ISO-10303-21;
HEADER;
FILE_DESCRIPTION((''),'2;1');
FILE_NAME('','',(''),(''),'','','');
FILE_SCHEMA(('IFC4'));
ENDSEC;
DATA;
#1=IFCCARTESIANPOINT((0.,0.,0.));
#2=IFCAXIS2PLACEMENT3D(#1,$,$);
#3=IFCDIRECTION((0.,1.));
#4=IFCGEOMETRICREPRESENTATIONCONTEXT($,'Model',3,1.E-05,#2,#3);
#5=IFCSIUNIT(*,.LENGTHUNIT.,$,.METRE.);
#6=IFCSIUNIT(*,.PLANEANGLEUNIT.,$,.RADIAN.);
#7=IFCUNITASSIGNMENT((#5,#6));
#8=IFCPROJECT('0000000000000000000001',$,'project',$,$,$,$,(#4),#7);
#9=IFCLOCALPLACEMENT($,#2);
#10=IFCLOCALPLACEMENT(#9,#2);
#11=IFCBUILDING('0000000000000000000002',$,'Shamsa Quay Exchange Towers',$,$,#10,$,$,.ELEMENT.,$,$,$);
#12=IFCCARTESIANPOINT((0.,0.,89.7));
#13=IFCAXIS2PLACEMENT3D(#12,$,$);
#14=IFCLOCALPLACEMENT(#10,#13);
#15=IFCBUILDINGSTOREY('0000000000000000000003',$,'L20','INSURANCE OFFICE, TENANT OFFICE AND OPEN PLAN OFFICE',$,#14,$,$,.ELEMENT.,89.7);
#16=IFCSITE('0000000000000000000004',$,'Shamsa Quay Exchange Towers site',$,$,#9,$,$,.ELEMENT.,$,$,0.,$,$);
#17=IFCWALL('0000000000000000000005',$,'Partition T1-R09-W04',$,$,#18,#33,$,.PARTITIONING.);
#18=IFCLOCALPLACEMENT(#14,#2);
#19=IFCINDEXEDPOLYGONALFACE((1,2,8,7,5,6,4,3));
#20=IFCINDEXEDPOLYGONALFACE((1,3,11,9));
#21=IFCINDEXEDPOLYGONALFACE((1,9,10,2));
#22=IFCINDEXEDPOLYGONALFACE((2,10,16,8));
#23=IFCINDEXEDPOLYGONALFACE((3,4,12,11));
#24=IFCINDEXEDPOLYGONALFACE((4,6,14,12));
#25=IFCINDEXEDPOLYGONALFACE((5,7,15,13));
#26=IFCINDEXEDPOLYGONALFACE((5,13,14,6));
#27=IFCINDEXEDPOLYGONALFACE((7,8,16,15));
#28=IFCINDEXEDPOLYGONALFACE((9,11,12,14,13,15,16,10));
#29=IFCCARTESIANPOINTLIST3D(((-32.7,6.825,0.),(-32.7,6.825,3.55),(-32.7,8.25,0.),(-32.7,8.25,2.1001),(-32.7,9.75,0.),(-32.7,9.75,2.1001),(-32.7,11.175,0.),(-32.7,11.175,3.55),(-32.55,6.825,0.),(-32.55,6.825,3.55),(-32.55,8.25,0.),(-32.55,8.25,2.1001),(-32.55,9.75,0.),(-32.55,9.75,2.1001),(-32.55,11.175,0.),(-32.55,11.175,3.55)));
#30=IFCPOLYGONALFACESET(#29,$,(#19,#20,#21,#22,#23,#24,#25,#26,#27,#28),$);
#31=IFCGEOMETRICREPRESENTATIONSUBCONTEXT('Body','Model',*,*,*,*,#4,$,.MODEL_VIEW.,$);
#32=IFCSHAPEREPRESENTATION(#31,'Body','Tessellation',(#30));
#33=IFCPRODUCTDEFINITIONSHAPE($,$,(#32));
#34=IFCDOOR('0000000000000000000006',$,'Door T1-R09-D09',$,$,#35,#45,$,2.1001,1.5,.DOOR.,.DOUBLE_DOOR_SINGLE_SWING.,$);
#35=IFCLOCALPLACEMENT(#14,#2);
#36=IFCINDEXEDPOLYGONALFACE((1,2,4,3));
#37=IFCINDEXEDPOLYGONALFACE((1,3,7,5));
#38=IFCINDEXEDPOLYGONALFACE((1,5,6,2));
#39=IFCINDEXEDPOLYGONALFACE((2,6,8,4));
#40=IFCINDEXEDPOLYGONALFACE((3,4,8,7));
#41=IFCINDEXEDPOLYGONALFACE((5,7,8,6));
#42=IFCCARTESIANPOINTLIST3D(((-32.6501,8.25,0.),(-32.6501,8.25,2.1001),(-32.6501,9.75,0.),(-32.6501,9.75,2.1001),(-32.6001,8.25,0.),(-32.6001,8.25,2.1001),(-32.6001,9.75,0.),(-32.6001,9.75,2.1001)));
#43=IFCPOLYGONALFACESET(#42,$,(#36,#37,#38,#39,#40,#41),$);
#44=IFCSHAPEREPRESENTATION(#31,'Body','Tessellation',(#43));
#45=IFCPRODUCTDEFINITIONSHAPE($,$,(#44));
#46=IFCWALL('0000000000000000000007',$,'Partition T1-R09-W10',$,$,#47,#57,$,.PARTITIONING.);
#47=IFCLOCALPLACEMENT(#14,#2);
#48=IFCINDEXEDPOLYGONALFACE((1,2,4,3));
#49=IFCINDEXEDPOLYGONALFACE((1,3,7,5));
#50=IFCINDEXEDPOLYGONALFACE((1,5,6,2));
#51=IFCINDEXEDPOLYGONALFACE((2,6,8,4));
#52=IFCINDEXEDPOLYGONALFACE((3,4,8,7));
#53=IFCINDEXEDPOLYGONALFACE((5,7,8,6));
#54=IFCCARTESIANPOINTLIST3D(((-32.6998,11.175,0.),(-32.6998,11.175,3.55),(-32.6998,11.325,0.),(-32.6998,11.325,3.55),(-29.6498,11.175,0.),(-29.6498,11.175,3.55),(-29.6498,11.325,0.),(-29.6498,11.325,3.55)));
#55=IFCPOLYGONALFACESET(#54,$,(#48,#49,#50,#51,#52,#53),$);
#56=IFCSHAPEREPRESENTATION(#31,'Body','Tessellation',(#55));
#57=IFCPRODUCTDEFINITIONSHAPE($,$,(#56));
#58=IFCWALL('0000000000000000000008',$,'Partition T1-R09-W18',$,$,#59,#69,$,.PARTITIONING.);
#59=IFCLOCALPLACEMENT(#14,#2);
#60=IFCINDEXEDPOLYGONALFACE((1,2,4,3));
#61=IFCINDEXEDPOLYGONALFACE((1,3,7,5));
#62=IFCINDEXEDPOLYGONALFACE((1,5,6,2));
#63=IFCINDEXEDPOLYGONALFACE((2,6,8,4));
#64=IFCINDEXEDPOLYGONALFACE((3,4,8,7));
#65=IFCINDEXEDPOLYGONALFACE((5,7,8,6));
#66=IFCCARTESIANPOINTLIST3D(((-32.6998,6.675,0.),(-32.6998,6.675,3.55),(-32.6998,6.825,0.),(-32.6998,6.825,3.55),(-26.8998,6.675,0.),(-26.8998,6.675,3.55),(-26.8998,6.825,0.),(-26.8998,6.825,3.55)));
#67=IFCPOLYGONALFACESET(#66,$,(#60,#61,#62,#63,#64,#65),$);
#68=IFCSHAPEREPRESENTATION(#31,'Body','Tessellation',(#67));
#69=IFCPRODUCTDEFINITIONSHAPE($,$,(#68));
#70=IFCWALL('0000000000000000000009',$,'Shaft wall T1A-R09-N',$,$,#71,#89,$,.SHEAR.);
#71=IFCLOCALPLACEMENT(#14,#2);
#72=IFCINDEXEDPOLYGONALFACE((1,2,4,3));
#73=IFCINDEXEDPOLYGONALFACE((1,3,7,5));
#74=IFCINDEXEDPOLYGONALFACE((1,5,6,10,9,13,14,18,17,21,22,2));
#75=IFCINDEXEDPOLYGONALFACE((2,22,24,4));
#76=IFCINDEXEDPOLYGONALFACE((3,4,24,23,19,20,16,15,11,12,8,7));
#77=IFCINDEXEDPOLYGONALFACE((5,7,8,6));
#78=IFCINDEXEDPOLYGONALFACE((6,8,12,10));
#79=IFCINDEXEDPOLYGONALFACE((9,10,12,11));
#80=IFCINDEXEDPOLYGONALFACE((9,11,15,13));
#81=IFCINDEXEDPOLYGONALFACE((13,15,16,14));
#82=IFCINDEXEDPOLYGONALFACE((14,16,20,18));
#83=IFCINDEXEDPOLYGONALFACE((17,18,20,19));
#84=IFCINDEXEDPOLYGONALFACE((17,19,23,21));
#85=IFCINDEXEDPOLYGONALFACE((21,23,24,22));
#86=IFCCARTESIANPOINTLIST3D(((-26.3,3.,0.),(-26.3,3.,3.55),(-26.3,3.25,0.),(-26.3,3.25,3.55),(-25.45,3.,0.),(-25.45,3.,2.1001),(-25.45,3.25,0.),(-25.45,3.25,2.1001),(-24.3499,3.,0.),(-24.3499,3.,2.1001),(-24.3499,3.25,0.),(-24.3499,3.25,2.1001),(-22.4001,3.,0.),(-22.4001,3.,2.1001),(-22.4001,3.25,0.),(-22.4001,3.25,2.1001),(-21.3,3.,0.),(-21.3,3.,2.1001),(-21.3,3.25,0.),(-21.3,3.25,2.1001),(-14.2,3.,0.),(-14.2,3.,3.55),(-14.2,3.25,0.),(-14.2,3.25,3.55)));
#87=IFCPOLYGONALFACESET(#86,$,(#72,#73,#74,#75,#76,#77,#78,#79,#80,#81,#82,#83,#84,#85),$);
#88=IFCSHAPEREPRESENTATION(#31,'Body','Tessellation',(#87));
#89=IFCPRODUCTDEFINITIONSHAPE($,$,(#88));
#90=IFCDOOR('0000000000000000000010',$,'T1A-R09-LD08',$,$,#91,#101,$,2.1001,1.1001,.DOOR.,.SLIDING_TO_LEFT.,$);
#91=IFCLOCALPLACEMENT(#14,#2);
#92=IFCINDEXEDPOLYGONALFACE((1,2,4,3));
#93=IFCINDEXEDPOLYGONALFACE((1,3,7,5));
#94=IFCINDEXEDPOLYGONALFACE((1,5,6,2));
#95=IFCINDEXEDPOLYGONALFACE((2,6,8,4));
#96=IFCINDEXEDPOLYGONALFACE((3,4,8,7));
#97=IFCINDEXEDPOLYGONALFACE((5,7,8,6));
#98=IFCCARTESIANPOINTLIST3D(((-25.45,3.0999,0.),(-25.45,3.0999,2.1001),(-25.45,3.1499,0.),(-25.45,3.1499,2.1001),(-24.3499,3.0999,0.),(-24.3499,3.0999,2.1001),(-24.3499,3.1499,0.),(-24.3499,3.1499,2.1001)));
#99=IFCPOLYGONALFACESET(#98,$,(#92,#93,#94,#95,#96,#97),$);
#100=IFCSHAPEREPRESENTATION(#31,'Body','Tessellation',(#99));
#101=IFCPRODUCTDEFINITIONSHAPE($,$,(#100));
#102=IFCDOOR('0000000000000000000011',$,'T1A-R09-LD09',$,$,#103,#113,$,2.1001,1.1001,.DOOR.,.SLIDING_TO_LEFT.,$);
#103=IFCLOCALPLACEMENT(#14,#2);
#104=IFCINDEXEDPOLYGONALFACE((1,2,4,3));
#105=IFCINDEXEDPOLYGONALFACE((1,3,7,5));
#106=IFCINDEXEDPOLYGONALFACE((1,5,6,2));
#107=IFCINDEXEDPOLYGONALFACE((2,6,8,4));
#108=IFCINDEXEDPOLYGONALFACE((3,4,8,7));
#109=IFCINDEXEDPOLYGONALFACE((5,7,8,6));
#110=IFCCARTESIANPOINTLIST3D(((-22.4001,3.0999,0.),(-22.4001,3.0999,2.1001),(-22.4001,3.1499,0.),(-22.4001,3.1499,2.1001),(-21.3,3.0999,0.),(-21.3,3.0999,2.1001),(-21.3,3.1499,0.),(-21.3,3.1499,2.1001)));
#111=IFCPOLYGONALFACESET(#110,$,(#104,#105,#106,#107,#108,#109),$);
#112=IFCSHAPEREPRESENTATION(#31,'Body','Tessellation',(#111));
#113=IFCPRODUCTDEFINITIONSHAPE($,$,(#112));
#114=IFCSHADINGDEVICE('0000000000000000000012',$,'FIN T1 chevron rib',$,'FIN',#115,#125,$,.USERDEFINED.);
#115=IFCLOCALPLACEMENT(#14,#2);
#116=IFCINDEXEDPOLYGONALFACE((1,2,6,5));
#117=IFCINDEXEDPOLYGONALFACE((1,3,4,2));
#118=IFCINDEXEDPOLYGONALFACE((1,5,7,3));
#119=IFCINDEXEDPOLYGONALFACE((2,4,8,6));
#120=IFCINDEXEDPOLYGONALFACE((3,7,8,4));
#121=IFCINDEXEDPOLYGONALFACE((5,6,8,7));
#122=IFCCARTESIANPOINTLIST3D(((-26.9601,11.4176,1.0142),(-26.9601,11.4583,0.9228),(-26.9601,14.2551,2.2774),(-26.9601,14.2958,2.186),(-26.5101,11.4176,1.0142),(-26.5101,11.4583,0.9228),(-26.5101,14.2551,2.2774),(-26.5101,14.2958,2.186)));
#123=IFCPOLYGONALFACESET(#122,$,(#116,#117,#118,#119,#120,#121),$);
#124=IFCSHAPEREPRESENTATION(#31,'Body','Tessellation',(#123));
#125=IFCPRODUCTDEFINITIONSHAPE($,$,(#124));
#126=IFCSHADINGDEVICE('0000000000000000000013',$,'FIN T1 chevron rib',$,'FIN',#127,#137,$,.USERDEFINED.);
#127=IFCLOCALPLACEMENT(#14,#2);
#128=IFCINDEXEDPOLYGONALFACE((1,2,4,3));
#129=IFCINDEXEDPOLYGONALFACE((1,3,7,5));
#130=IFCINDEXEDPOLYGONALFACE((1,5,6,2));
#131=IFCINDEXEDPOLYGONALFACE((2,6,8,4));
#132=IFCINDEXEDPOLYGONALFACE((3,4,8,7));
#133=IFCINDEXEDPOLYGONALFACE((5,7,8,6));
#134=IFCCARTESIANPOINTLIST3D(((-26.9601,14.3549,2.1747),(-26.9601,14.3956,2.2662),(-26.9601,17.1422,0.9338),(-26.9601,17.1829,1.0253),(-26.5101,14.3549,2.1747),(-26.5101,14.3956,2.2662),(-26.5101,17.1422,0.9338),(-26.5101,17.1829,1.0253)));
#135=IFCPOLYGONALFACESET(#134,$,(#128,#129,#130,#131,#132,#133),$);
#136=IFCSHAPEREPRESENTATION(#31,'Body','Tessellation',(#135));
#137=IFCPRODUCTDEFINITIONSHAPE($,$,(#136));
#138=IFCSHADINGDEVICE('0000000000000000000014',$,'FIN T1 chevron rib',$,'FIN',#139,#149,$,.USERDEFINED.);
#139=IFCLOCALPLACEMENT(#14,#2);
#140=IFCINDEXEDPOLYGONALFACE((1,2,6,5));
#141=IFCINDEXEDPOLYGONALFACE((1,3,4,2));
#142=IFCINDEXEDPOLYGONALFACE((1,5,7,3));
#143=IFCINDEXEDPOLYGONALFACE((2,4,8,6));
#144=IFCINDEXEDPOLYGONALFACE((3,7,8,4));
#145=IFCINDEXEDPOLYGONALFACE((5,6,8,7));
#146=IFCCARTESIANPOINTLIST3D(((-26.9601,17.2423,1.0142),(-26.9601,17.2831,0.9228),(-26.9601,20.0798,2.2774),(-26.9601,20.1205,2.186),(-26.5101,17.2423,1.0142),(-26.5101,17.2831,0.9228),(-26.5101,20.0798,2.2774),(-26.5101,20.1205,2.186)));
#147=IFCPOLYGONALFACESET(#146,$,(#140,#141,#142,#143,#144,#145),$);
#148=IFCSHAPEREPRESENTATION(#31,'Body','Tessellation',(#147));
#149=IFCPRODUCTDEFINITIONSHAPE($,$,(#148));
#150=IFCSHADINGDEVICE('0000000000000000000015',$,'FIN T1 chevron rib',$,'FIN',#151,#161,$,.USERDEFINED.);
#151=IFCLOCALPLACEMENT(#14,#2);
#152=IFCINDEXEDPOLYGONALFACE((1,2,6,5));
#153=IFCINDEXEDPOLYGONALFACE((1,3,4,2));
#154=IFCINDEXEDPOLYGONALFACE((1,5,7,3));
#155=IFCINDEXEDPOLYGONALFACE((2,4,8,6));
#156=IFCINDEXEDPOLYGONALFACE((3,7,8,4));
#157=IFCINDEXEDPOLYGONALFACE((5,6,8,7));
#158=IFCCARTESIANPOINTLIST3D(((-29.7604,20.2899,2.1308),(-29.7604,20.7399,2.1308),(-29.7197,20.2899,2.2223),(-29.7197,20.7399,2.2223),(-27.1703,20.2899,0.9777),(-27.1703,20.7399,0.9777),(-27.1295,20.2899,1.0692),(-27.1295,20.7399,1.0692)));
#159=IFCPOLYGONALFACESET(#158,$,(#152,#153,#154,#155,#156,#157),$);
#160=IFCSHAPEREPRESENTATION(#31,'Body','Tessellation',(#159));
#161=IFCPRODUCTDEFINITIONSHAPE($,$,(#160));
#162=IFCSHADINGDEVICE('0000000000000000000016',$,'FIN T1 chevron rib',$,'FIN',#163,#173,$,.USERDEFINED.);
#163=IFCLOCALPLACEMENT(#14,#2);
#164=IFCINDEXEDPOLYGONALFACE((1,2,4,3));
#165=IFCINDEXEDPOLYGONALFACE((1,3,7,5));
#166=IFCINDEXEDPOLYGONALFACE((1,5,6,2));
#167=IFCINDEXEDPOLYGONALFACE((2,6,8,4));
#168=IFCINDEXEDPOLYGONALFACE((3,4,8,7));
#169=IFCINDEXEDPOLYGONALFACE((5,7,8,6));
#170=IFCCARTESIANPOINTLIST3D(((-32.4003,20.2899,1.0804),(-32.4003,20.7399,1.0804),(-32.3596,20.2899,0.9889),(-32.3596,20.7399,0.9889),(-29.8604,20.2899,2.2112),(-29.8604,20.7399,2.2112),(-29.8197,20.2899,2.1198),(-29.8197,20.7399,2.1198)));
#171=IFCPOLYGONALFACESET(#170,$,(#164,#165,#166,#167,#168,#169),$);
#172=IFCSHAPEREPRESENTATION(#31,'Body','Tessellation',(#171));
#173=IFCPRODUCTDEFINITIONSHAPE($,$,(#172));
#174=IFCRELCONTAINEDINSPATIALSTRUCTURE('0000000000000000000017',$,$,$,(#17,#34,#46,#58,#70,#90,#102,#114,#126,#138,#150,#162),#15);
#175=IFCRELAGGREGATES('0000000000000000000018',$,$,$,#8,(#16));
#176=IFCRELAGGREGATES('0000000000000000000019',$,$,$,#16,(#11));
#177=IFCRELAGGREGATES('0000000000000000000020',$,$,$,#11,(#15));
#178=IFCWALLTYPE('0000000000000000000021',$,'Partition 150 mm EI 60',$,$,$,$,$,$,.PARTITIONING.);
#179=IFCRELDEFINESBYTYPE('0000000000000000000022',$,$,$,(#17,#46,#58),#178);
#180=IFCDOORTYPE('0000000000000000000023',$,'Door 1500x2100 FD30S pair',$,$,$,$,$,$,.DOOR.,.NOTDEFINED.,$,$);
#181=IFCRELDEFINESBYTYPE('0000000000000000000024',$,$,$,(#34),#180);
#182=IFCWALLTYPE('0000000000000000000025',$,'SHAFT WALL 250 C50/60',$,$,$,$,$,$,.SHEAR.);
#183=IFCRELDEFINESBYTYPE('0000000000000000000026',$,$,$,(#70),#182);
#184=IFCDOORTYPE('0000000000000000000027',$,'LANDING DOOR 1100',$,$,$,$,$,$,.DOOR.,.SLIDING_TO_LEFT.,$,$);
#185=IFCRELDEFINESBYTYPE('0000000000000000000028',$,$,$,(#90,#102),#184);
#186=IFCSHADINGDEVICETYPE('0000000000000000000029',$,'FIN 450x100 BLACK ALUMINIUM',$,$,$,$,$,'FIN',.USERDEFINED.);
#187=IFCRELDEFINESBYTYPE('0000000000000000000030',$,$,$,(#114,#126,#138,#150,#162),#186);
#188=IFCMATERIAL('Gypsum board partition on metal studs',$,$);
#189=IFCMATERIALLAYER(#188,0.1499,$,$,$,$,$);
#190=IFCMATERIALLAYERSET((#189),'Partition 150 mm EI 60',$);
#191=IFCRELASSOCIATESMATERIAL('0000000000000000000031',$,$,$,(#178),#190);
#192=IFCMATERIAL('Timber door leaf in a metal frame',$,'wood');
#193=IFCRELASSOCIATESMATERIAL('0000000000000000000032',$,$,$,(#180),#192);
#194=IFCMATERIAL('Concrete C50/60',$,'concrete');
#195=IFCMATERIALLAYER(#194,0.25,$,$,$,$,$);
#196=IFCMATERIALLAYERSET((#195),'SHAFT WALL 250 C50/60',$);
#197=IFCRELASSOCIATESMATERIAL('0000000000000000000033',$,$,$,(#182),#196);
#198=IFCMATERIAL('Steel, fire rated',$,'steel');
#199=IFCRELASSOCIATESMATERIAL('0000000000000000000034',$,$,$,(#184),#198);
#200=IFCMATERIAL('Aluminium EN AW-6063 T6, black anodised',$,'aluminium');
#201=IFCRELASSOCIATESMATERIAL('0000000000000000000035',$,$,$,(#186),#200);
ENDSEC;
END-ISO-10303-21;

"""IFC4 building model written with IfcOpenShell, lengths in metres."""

from ifc_helpers import new_model, si_unit, direction, frame, frame_2d, origin, origin_2d, place, context, subcontext, project, spatial, rectangle, extrude, material, layer, layer_set, material_profile, profile_set, type_object, element, fill, save


model = new_model("IFC4")

# Units and contexts
model_context = context("Model", 3, precision=1e-05, world=origin(), true_north=direction((0.0, 1.0)))
body_context = subcontext(model_context, "Body", "Model", "MODEL_VIEW")
ifc_project = project(units=[si_unit("LENGTHUNIT", "METRE"), si_unit("PLANEANGLEUNIT", "RADIAN")], contexts=[model_context])

# Site, building, storey
site_placement = place(None, origin())
site = spatial("IfcSite", under=ifc_project, at=site_placement, Name="Shamsa Quay Exchange Towers site", CompositionType="ELEMENT", RefElevation=0.0)
building_placement = place(site_placement, origin())
building = spatial("IfcBuilding", under=site, at=building_placement, Name="Shamsa Quay Exchange Towers", CompositionType="ELEMENT")
storey_placement = place(building_placement, frame((0.0, 0.0, 89.7)))
storey = spatial("IfcBuildingStorey", under=building, at=storey_placement, Name="L20", Description="INSURANCE OFFICE, TENANT OFFICE AND OPEN PLAN OFFICE", CompositionType="ELEMENT", Elevation=89.7)

# Shared definitions
ifc_material_1 = material(Name="Aluminium EN AW-6063 T6, black anodised", Category="aluminium")

# Shared definitions
ifc_material_2 = material(Name="Timber door leaf in a metal frame", Category="wood")

# Shared definitions
ifc_material_3 = material(Name="Steel, fire rated", Category="steel")

# Wall, opening, door
ifc_material_4 = material(Name="Gypsum board partition on metal studs")
ifc_layer_1 = layer(ifc_material_4, 0.1499)
ifc_layer_set_1 = layer_set([ifc_layer_1], Name="Partition 150 mm EI 60")
wall_type_1 = type_object("IfcWallType", Name="Partition 150 mm EI 60", PredefinedType="PARTITIONING", material=ifc_layer_set_1)
wall_1_placement = place(storey_placement, frame((-32.625, 11.175, 0.0), z_axis=(0.0, 0.0, 1.0), x_axis=(0.0, -1.0, 0.0)))
wall_1 = element("IfcWall", 1, at=wall_1_placement, inside=storey, type_object=wall_type_1, Name="Partition T1-R09-W04", PredefinedType="PARTITIONING", context=body_context, shape_type="SweptSolid", body=[
    extrude(rectangle(XDim=4.3501, YDim=0.1499, at=frame_2d((2.175, 0.0))), origin(), (0.0, 0.0, 1.0), 3.55),
])
opening_1_placement = place(wall_1_placement, frame((1.425, 0.0, 0.0)))
opening_1 = element("IfcOpeningElement", 2, at=opening_1_placement, cuts=wall_1, PredefinedType="OPENING", context=body_context, shape_type="SweptSolid", body=[
    extrude(rectangle(XDim=1.5, YDim=2.1001, at=frame_2d((0.75, 1.05))), frame((0.0, 0.085, 0.0), z_axis=(0.0, -1.0, 0.0), x_axis=(1.0, 0.0, 0.0)), (0.0, 0.0, 1.0), 0.1699),
])
door_type_1 = type_object("IfcDoorType", Name="Door 1500x2100 FD30S pair", OperationType="NOTDEFINED", PredefinedType="DOOR", material=ifc_material_2)
door_1_placement = place(opening_1_placement, origin())
door_1 = element("IfcDoor", 3, at=door_1_placement, inside=storey, type_object=door_type_1, Name="Door T1-R09-D09", OperationType="DOUBLE_DOOR_SINGLE_SWING", OverallHeight=2.1001, OverallWidth=1.5, PredefinedType="DOOR", context=body_context, shape_type="SweptSolid", body=[
    extrude(rectangle(XDim=1.5, YDim=2.1001, at=frame_2d((0.75, 1.05))), frame((0.0, 0.0249, 0.0), z_axis=(0.0, -1.0, 0.0), x_axis=(1.0, 0.0, 0.0)), (0.0, 0.0, 1.0), 0.05),
])
fill(opening_1, door_1)

# Walls
wall_2_placement = place(storey_placement, frame((-29.6499, 11.25, 0.0), z_axis=(0.0, 0.0, 1.0), x_axis=(-1.0, 0.0, 0.0)))
element("IfcWall", 4, at=wall_2_placement, inside=storey, type_object=wall_type_1, Name="Partition T1-R09-W10", PredefinedType="PARTITIONING", context=body_context, shape_type="SweptSolid", body=[
    extrude(rectangle(XDim=3.05, YDim=0.1499, at=frame_2d((1.5249, 0.0))), origin(), (0.0, 0.0, 1.0), 3.55),
])
wall_3_placement = place(storey_placement, frame((-26.8999, 6.75, 0.0), z_axis=(0.0, 0.0, 1.0), x_axis=(-1.0, 0.0, 0.0)))
element("IfcWall", 5, at=wall_3_placement, inside=storey, type_object=wall_type_1, Name="Partition T1-R09-W18", PredefinedType="PARTITIONING", context=body_context, shape_type="SweptSolid", body=[
    extrude(rectangle(XDim=5.8, YDim=0.1499, at=frame_2d((2.8999, 0.0))), origin(), (0.0, 0.0, 1.0), 3.55),
])

# Wall, openings, doors
ifc_material_5 = material(Name="Concrete C50/60", Category="concrete")
ifc_layer_2 = layer(ifc_material_5, 0.25)
ifc_layer_set_2 = layer_set([ifc_layer_2], Name="SHAFT WALL 250 C50/60")
wall_type_2 = type_object("IfcWallType", Name="SHAFT WALL 250 C50/60", PredefinedType="SHEAR", material=ifc_layer_set_2)
wall_4_placement = place(storey_placement, frame((-26.3, 3.125, 0.0)))
wall_4 = element("IfcWall", 6, at=wall_4_placement, inside=storey, type_object=wall_type_2, Name="Shaft wall T1A-R09-N", PredefinedType="SHEAR", context=body_context, shape_type="SweptSolid", body=[
    extrude(rectangle(XDim=12.1001, YDim=0.25, at=frame_2d((6.05, 0.0))), origin(), (0.0, 0.0, 1.0), 3.55),
])
opening_2_placement = place(wall_4_placement, frame((0.8501, 0.0, 0.0)))
opening_2 = element("IfcOpeningElement", 7, at=opening_2_placement, cuts=wall_4, PredefinedType="OPENING", context=body_context, shape_type="SweptSolid", body=[
    extrude(rectangle(XDim=1.1001, YDim=2.1001, at=frame_2d((0.55, 1.05))), frame((0.0, 0.135, 0.0), z_axis=(0.0, -1.0, 0.0), x_axis=(1.0, 0.0, 0.0)), (0.0, 0.0, 1.0), 0.27),
])
opening_3_placement = place(wall_4_placement, frame((3.8999, 0.0, 0.0)))
opening_3 = element("IfcOpeningElement", 8, at=opening_3_placement, cuts=wall_4, PredefinedType="OPENING", context=body_context, shape_type="SweptSolid", body=[
    extrude(rectangle(XDim=1.1001, YDim=2.1001, at=frame_2d((0.55, 1.05))), frame((0.0, 0.135, 0.0), z_axis=(0.0, -1.0, 0.0), x_axis=(1.0, 0.0, 0.0)), (0.0, 0.0, 1.0), 0.27),
])
door_type_2 = type_object("IfcDoorType", Name="LANDING DOOR 1100", OperationType="SLIDING_TO_LEFT", PredefinedType="DOOR", material=ifc_material_3)
door_2_placement = place(opening_2_placement, origin())
door_2 = element("IfcDoor", 9, at=door_2_placement, inside=storey, type_object=door_type_2, Name="T1A-R09-LD08", OperationType="SLIDING_TO_LEFT", OverallHeight=2.1001, OverallWidth=1.1001, PredefinedType="DOOR", context=body_context, shape_type="SweptSolid", body=[
    extrude(rectangle(XDim=1.1001, YDim=2.1001, at=frame_2d((0.55, 1.05))), frame((0.0, 0.0249, 0.0), z_axis=(0.0, -1.0, 0.0), x_axis=(1.0, 0.0, 0.0)), (0.0, 0.0, 1.0), 0.05),
])
fill(opening_2, door_2)
door_3_placement = place(opening_3_placement, origin())
door_3 = element("IfcDoor", 10, at=door_3_placement, inside=storey, type_object=door_type_2, Name="T1A-R09-LD09", OperationType="SLIDING_TO_LEFT", OverallHeight=2.1001, OverallWidth=1.1001, PredefinedType="DOOR", context=body_context, shape_type="SweptSolid", body=[
    extrude(rectangle(XDim=1.1001, YDim=2.1001, at=frame_2d((0.55, 1.05))), frame((0.0, 0.0249, 0.0), z_axis=(0.0, -1.0, 0.0), x_axis=(1.0, 0.0, 0.0)), (0.0, 0.0, 1.0), 0.05),
])
fill(opening_3, door_3)

# Shading devices
ifc_material_profile_1 = material_profile(ifc_material_1, rectangle(XDim=0.45, YDim=0.1001, at=origin_2d()), Name="FIN450x100")
ifc_profile_set_1 = profile_set([ifc_material_profile_1], Name="Aluminium EN AW-6063 T6, black anodised")
shading_device_type = type_object("IfcShadingDeviceType", Name="FIN 450x100 BLACK ALUMINIUM", ElementType="FIN", PredefinedType="USERDEFINED", material=ifc_profile_set_1)
shading_device_1_placement = place(storey_placement, frame((-26.7351, 11.438, 0.9685), z_axis=(0.0, 0.913559, 0.406707), x_axis=(-1.0, 0.0, 0.0)))
element("IfcShadingDevice", 11, at=shading_device_1_placement, inside=storey, type_object=shading_device_type, Name="FIN T1 chevron rib", ObjectType="FIN", PredefinedType="USERDEFINED", context=body_context, shape_type="SweptSolid", body=[
    extrude(rectangle(XDim=0.45, YDim=0.1001, at=origin_2d()), origin(), (0.0, 0.0, 1.0), 3.106),
])
shading_device_2_placement = place(storey_placement, frame((-26.7351, 14.3752, 2.2205), z_axis=(0.0, 0.913551, -0.406725), x_axis=(-1.0, 0.0, 0.0)))
element("IfcShadingDevice", 12, at=shading_device_2_placement, inside=storey, type_object=shading_device_type, Name="FIN T1 chevron rib", ObjectType="FIN", PredefinedType="USERDEFINED", context=body_context, shape_type="SweptSolid", body=[
    extrude(rectangle(XDim=0.45, YDim=0.1001, at=origin_2d()), origin(), (0.0, 0.0, 1.0), 3.051),
])
shading_device_3_placement = place(storey_placement, frame((-26.7351, 17.2627, 0.9685), z_axis=(0.0, 0.913559, 0.406707), x_axis=(-1.0, 0.0, 0.0)))
element("IfcShadingDevice", 13, at=shading_device_3_placement, inside=storey, type_object=shading_device_type, Name="FIN T1 chevron rib", ObjectType="FIN", PredefinedType="USERDEFINED", context=body_context, shape_type="SweptSolid", body=[
    extrude(rectangle(XDim=0.45, YDim=0.1001, at=origin_2d()), origin(), (0.0, 0.0, 1.0), 3.106),
])
shading_device_4_placement = place(storey_placement, frame((-27.1499, 20.5149, 1.0234), z_axis=(-0.913559, 0.0, 0.406706), x_axis=(0.0, -1.0, 0.0)))
element("IfcShadingDevice", 14, at=shading_device_4_placement, inside=storey, type_object=shading_device_type, Name="FIN T1 chevron rib", ObjectType="FIN", PredefinedType="USERDEFINED", context=body_context, shape_type="SweptSolid", body=[
    extrude(rectangle(XDim=0.45, YDim=0.1001, at=origin_2d()), origin(), (0.0, 0.0, 1.0), 2.8352),
])
shading_device_5_placement = place(storey_placement, frame((-29.8401, 20.5149, 2.1655), z_axis=(-0.913536, 0.0, -0.406758), x_axis=(0.0, -1.0, 0.0)))
element("IfcShadingDevice", 15, at=shading_device_5_placement, inside=storey, type_object=shading_device_type, Name="FIN T1 chevron rib", ObjectType="FIN", PredefinedType="USERDEFINED", context=body_context, shape_type="SweptSolid", body=[
    extrude(rectangle(XDim=0.45, YDim=0.1001, at=origin_2d()), origin(), (0.0, 0.0, 1.0), 2.7803),
])

save(model, "model.ifc")
